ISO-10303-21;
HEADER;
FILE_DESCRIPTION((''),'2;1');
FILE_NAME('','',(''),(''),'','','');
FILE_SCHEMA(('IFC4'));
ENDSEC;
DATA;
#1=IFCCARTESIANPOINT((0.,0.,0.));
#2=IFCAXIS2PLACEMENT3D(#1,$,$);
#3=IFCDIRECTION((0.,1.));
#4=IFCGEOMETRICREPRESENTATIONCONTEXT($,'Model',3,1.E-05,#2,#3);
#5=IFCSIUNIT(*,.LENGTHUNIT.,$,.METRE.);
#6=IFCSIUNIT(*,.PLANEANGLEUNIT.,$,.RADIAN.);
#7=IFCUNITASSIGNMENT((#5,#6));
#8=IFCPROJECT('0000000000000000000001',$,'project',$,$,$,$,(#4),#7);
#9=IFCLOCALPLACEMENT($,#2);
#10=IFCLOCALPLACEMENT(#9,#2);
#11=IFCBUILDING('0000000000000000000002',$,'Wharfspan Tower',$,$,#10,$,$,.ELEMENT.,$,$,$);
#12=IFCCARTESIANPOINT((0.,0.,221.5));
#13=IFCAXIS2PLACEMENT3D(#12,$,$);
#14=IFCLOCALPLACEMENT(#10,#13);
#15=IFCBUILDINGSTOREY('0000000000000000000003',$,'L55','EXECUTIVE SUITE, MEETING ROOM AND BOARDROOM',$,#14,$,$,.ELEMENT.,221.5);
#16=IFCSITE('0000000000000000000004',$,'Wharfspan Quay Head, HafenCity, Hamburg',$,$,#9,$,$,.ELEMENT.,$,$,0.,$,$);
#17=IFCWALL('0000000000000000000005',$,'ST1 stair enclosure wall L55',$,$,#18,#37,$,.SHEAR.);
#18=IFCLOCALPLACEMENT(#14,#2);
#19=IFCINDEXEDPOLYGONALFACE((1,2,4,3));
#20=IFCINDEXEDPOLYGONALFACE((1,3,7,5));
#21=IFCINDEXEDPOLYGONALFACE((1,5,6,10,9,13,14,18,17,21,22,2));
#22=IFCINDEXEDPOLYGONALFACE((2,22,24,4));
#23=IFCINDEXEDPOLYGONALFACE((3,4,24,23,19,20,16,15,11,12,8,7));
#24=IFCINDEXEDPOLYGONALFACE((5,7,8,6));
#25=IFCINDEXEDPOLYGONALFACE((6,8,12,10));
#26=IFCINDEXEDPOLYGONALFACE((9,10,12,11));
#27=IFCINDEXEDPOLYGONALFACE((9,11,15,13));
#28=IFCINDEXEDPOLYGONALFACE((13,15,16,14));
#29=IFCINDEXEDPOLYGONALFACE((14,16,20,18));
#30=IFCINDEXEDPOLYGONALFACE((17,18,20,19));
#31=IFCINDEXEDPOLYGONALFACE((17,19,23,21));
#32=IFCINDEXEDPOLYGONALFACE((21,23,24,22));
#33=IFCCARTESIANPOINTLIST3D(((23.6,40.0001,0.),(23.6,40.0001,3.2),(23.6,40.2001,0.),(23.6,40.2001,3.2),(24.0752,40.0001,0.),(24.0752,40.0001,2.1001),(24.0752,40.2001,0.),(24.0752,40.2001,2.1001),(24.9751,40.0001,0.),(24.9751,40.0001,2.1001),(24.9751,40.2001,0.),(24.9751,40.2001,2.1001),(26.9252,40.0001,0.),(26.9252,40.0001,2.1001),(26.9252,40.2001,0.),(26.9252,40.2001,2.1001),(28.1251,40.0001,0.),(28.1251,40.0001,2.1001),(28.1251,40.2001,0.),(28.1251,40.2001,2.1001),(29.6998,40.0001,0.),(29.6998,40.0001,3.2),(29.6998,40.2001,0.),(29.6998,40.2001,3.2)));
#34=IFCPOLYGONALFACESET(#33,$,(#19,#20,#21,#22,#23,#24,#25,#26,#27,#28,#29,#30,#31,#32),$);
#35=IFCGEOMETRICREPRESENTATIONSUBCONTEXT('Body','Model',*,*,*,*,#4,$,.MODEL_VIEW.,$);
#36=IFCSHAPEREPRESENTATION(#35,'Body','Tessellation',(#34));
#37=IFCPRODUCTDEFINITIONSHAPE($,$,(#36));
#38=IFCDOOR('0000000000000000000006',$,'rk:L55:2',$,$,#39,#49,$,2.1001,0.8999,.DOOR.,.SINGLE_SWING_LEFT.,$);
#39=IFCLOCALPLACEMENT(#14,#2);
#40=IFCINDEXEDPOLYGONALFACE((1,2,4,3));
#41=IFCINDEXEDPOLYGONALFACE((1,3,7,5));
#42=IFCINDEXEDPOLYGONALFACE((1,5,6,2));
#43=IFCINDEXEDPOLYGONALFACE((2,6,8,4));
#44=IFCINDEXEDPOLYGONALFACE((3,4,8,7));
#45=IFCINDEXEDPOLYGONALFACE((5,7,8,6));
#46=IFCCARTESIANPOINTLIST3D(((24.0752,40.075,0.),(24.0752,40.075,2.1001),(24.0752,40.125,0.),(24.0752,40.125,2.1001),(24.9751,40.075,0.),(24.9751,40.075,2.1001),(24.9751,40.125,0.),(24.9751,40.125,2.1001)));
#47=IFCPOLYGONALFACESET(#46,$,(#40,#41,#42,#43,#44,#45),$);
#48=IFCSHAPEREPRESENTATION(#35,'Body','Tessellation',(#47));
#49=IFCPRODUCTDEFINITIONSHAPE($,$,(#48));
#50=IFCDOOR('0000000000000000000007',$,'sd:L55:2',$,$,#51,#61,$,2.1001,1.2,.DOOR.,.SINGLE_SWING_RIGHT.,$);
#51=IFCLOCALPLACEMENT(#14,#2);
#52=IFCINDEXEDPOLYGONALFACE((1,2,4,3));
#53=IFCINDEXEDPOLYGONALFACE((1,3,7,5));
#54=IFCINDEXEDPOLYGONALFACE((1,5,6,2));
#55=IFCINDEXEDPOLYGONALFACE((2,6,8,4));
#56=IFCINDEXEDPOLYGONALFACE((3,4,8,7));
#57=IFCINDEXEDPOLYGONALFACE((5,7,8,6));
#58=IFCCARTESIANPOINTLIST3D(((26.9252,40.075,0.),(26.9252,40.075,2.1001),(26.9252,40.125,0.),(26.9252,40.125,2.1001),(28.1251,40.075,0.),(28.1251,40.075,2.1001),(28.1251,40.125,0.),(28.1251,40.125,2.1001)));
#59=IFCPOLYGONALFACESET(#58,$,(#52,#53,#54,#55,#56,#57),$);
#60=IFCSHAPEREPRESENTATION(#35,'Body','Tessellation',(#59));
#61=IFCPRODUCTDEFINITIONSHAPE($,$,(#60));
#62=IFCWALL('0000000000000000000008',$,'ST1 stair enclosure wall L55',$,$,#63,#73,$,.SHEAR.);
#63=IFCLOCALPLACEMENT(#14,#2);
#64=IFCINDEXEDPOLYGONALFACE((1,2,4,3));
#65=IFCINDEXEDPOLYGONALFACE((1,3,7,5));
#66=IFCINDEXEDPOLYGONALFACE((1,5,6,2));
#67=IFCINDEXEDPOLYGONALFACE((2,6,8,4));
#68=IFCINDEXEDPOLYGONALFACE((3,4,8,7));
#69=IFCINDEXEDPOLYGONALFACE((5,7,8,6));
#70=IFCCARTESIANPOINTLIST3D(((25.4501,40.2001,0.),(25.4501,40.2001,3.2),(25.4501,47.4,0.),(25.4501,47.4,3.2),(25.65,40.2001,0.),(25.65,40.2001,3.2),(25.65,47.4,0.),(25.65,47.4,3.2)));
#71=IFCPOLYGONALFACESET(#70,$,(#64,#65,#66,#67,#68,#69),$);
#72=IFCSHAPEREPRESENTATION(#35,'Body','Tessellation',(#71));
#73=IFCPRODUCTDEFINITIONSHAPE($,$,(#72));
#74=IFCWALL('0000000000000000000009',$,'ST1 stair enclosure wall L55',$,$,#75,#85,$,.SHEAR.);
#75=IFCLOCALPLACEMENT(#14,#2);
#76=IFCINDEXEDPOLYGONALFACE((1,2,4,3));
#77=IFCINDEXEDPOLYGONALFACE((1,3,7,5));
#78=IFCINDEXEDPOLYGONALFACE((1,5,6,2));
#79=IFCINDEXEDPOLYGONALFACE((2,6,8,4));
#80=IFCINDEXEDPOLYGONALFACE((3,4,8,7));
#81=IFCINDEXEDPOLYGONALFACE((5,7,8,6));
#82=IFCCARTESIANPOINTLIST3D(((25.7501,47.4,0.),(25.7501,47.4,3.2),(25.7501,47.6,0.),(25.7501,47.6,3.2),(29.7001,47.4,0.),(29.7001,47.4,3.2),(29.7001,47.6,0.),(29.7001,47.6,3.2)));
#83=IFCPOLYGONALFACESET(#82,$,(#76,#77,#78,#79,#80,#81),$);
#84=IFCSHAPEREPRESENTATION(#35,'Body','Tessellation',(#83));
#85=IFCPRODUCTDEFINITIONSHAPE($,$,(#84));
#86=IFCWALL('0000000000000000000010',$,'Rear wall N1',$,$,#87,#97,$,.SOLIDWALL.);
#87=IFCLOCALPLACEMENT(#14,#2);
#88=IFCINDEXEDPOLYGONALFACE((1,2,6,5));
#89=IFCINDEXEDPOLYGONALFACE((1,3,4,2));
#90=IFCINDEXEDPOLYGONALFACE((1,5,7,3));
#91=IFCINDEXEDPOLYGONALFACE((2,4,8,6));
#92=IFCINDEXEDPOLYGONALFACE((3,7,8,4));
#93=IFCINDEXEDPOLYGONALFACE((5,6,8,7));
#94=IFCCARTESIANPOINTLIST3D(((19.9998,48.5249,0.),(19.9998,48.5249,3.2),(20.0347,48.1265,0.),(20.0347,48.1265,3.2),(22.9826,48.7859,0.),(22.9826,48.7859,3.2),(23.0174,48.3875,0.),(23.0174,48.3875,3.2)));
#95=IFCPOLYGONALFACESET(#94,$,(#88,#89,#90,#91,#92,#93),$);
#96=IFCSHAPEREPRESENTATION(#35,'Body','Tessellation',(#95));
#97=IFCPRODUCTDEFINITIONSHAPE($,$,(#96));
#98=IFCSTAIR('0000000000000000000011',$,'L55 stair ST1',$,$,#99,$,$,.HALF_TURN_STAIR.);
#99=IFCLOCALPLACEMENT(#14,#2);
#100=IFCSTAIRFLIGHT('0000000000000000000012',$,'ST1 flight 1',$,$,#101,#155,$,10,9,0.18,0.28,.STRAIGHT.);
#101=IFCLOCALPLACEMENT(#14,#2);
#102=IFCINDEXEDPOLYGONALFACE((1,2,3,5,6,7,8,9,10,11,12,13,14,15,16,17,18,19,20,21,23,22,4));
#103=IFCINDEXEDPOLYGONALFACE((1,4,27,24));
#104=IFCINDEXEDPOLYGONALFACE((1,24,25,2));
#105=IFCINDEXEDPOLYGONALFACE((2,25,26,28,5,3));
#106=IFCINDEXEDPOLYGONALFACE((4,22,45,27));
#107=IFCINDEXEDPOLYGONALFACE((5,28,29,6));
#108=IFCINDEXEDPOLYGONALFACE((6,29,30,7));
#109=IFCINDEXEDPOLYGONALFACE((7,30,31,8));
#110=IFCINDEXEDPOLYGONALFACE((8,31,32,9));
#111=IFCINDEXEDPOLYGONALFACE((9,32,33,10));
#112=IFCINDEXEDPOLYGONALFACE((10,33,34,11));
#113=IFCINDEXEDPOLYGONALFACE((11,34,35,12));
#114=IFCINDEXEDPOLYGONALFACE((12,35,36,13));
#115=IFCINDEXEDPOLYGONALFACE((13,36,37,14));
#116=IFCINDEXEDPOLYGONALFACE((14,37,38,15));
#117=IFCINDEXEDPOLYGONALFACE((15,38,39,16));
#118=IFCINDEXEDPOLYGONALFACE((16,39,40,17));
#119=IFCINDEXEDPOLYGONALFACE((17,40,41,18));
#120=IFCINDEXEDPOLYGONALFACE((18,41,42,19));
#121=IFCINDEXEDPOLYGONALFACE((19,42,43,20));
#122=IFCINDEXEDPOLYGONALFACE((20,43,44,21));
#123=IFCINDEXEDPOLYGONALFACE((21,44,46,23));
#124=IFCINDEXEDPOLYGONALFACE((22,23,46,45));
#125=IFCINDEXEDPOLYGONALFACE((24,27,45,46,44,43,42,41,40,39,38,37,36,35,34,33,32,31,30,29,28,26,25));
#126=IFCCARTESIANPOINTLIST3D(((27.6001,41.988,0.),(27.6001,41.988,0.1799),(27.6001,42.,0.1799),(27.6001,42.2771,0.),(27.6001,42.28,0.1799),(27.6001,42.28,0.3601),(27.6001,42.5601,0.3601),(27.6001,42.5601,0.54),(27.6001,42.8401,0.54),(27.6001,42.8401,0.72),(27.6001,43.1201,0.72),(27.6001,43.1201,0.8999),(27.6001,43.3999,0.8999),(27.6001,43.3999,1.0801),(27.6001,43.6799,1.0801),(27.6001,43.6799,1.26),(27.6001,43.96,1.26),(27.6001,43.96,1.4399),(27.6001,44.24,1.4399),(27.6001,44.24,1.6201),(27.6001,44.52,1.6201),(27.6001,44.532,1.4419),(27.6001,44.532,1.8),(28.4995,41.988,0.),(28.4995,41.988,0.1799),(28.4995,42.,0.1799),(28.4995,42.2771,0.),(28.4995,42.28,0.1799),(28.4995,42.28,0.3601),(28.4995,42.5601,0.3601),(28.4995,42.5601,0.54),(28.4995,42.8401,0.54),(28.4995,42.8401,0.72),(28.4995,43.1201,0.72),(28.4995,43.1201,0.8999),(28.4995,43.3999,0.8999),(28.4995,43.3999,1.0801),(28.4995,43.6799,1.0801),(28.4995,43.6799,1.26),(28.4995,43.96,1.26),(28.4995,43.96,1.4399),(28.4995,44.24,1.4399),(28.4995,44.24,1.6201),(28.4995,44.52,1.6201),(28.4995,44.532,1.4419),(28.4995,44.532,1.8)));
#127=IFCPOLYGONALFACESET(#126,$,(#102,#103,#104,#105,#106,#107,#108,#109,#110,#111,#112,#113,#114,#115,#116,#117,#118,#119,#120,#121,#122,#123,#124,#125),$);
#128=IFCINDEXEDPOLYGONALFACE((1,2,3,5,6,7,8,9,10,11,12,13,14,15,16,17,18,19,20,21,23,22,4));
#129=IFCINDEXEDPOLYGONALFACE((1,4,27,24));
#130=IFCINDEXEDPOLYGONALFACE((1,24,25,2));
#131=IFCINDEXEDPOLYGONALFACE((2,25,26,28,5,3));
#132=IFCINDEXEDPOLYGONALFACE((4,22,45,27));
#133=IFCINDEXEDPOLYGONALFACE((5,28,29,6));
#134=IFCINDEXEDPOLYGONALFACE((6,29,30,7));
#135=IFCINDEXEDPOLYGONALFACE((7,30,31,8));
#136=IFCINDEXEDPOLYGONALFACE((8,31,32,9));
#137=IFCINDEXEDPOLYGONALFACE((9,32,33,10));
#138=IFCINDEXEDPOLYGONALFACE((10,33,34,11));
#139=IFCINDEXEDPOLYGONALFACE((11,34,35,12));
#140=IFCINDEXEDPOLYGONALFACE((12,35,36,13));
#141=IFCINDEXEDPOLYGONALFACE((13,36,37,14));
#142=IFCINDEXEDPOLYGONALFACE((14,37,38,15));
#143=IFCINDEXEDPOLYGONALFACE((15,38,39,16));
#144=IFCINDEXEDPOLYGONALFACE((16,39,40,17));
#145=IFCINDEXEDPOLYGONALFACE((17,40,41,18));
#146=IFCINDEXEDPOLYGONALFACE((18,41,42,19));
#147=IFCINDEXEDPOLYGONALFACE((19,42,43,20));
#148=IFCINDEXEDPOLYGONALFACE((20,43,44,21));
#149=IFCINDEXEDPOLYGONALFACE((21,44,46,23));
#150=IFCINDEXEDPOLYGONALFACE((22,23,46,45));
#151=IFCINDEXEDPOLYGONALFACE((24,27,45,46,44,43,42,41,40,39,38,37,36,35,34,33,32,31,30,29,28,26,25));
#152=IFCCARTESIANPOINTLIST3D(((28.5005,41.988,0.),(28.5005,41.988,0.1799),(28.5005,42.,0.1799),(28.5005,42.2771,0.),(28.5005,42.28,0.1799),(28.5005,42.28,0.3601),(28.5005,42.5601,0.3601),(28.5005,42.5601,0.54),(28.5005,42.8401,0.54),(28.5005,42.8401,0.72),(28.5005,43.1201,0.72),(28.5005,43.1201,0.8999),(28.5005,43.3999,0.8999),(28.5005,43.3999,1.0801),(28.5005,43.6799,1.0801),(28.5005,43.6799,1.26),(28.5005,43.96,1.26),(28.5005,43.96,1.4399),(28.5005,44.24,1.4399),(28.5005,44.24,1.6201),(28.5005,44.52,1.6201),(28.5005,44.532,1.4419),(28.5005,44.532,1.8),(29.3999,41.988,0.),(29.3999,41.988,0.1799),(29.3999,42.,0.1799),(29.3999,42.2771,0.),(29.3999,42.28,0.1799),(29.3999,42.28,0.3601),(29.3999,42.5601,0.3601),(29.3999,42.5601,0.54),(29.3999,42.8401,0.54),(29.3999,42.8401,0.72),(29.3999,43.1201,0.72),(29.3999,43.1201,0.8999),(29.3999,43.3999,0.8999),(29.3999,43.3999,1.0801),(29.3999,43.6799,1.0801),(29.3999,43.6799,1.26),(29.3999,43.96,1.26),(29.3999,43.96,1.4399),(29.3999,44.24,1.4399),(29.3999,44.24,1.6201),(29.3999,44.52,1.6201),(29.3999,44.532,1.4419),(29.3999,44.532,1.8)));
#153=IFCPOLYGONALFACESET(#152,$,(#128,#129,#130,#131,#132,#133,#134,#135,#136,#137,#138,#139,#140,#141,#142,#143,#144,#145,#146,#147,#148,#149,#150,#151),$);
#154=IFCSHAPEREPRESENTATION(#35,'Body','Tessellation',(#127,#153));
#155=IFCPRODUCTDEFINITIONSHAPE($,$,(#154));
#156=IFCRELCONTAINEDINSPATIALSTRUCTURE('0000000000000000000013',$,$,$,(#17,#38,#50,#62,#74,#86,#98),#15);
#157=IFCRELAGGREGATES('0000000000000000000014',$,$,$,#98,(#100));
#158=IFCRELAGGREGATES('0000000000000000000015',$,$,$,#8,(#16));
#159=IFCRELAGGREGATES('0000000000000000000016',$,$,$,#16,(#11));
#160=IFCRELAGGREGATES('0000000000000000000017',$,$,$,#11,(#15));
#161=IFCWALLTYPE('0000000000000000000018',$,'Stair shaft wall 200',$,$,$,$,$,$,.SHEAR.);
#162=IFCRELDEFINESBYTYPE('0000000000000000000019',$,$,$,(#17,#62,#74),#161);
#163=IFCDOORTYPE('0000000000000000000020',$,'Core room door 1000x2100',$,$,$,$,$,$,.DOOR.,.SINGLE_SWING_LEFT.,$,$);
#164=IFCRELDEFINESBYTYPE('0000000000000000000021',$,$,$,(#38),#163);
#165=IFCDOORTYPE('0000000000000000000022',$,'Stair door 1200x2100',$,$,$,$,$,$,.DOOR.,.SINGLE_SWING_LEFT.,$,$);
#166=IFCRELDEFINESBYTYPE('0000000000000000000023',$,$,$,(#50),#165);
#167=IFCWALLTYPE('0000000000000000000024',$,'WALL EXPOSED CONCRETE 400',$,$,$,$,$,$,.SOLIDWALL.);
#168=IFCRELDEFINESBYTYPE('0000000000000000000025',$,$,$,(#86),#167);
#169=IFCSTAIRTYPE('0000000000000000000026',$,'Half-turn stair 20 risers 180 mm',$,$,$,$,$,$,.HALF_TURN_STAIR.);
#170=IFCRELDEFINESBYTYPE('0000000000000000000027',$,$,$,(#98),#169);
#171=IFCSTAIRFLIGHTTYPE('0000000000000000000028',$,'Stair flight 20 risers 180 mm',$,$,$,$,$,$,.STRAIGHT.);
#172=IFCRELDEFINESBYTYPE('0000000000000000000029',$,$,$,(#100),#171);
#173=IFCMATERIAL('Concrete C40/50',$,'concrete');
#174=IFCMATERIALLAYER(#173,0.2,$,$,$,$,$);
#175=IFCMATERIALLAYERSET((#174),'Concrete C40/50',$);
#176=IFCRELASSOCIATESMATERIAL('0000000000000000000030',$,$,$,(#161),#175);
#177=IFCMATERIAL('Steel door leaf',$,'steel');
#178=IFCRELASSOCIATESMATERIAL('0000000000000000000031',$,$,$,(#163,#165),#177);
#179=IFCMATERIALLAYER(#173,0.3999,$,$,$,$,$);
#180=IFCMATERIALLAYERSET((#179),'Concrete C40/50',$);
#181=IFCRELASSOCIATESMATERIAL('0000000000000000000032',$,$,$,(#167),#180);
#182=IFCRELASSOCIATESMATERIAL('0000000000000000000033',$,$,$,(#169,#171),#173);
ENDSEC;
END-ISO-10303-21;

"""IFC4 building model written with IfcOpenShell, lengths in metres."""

from ifc_helpers import new_model, si_unit, direction, frame, frame_2d, origin, place, context, subcontext, project, spatial, polyline, rectangle, outline, extrude, material, layer, layer_set, type_object, element, fill, aggregate, save


model = new_model("IFC4")

# Units and contexts
model_context = context("Model", 3, precision=1e-05, world=origin(), true_north=direction((0.0, 1.0)))
body_context = subcontext(model_context, "Body", "Model", "MODEL_VIEW")
ifc_project = project(units=[si_unit("LENGTHUNIT", "METRE"), si_unit("PLANEANGLEUNIT", "RADIAN")], contexts=[model_context])

# Site, building, storey
site_placement = place(None, origin())
site = spatial("IfcSite", under=ifc_project, at=site_placement, Name="Wharfspan Quay Head, HafenCity, Hamburg", CompositionType="ELEMENT", RefElevation=0.0)
building_placement = place(site_placement, origin())
building = spatial("IfcBuilding", under=site, at=building_placement, Name="Wharfspan Tower", CompositionType="ELEMENT")
storey_placement = place(building_placement, frame((0.0, 0.0, 221.5)))
storey = spatial("IfcBuildingStorey", under=building, at=storey_placement, Name="L55", Description="EXECUTIVE SUITE, MEETING ROOM AND BOARDROOM", CompositionType="ELEMENT", Elevation=221.5)

# Wall, openings, doors
ifc_material_1 = material(Name="Concrete C40/50", Category="concrete")
ifc_layer_1 = layer(ifc_material_1, 0.2)
ifc_layer_set_1 = layer_set([ifc_layer_1], Name="Concrete C40/50")
wall_type_1 = type_object("IfcWallType", Name="Stair shaft wall 200", PredefinedType="SHEAR", material=ifc_layer_set_1)
wall_1_placement = place(storey_placement, frame((23.6001, 40.1001, 0.0), z_axis=(0.0, 0.0, 1.0), x_axis=(1.0, 0.0, 0.0)))
wall_1 = element("IfcWall", 1, at=wall_1_placement, inside=storey, type_object=wall_type_1, Name="ST1 stair enclosure wall L55", PredefinedType="SHEAR", context=body_context, shape_type="SweptSolid", body=[
    extrude(rectangle(XDim=6.0999, YDim=0.2, at=frame_2d((3.0498, 0.0))), origin(), (0.0, 0.0, 1.0), 3.2),
])
opening_1_placement = place(wall_1_placement, frame((3.325, 0.0, 0.0)))
opening_1 = element("IfcOpeningElement", 2, at=opening_1_placement, cuts=wall_1, PredefinedType="OPENING", context=body_context, shape_type="SweptSolid", body=[
    extrude(rectangle(XDim=1.2, YDim=2.1001, at=frame_2d((0.6001, 1.05))), frame((0.0, 0.1099, 0.0), z_axis=(0.0, -1.0, 0.0), x_axis=(1.0, 0.0, 0.0)), (0.0, 0.0, 1.0), 0.22),
])
opening_2_placement = place(wall_1_placement, frame((0.4751, 0.0, 0.0)))
opening_2 = element("IfcOpeningElement", 3, at=opening_2_placement, cuts=wall_1, PredefinedType="OPENING", context=body_context, shape_type="SweptSolid", body=[
    extrude(rectangle(XDim=0.8999, YDim=2.1001, at=frame_2d((0.45, 1.05))), frame((0.0, 0.1099, 0.0), z_axis=(0.0, -1.0, 0.0), x_axis=(1.0, 0.0, 0.0)), (0.0, 0.0, 1.0), 0.22),
])
ifc_material_2 = material(Name="Steel door leaf", Category="steel")
door_type_1 = type_object("IfcDoorType", Name="Core room door 1000x2100", OperationType="SINGLE_SWING_LEFT", PredefinedType="DOOR", material=ifc_material_2)
door_1_placement = place(opening_2_placement, origin())
door_1 = element("IfcDoor", 4, at=door_1_placement, inside=storey, type_object=door_type_1, Name="rk:L55:2", OperationType="SINGLE_SWING_LEFT", OverallHeight=2.1001, OverallWidth=0.8999, PredefinedType="DOOR", context=body_context, shape_type="SweptSolid", body=[
    extrude(rectangle(XDim=0.8999, YDim=2.1001, at=frame_2d((0.45, 1.05))), frame((0.0, 0.0249, 0.0), z_axis=(0.0, -1.0, 0.0), x_axis=(1.0, 0.0, 0.0)), (0.0, 0.0, 1.0), 0.05),
])
fill(opening_2, door_1)
door_type_2 = type_object("IfcDoorType", Name="Stair door 1200x2100", OperationType="SINGLE_SWING_LEFT", PredefinedType="DOOR", material=ifc_material_2)
door_2_placement = place(opening_1_placement, origin())
door_2 = element("IfcDoor", 5, at=door_2_placement, inside=storey, type_object=door_type_2, Name="sd:L55:2", OperationType="SINGLE_SWING_RIGHT", OverallHeight=2.1001, OverallWidth=1.2, PredefinedType="DOOR", context=body_context, shape_type="SweptSolid", body=[
    extrude(rectangle(XDim=1.2, YDim=2.1001, at=frame_2d((0.6001, 1.05))), frame((0.0, 0.0249, 0.0), z_axis=(0.0, -1.0, 0.0), x_axis=(1.0, 0.0, 0.0)), (0.0, 0.0, 1.0), 0.05),
])
fill(opening_1, door_2)

# Walls
wall_2_placement = place(storey_placement, frame((25.55, 40.2, 0.0), z_axis=(0.0, 0.0, 1.0), x_axis=(0.0, 1.0, 0.0)))
element("IfcWall", 6, at=wall_2_placement, inside=storey, type_object=wall_type_1, Name="ST1 stair enclosure wall L55", PredefinedType="SHEAR", context=body_context, shape_type="SweptSolid", body=[
    extrude(rectangle(XDim=7.2, YDim=0.2, at=frame_2d((3.6001, 0.0))), origin(), (0.0, 0.0, 1.0), 3.2),
])
wall_3_placement = place(storey_placement, frame((25.75, 47.5, 0.0), z_axis=(0.0, 0.0, 1.0), x_axis=(1.0, 0.0, 0.0)))
element("IfcWall", 7, at=wall_3_placement, inside=storey, type_object=wall_type_1, Name="ST1 stair enclosure wall L55", PredefinedType="SHEAR", context=body_context, shape_type="SweptSolid", body=[
    extrude(rectangle(XDim=3.95, YDim=0.2, at=frame_2d((1.9751, 0.0))), origin(), (0.0, 0.0, 1.0), 3.2),
])
ifc_layer_2 = layer(ifc_material_1, 0.3999)
ifc_layer_set_2 = layer_set([ifc_layer_2], Name="Concrete C40/50")
wall_type_2 = type_object("IfcWallType", Name="WALL EXPOSED CONCRETE 400", PredefinedType="SOLIDWALL", material=ifc_layer_set_2)
wall_4_placement = place(storey_placement, frame((23.0, 48.5867, 0.0), z_axis=(0.0, 0.0, 1.0), x_axis=(-0.996194, -0.087168, 0.0)))
element("IfcWall", 8, at=wall_4_placement, inside=storey, type_object=wall_type_2, Name="Rear wall N1", PredefinedType="SOLIDWALL", context=body_context, shape_type="SweptSolid", body=[
    extrude(rectangle(XDim=2.9941, YDim=0.3999, at=frame_2d((1.4971, 0.0))), origin(), (0.0, 0.0, 1.0), 3.2),
])

# Stair, stair flight
stair_type = type_object("IfcStairType", Name="Half-turn stair 20 risers 180 mm", PredefinedType="HALF_TURN_STAIR", material=ifc_material_1)
stair_placement = place(storey_placement, origin())
stair = element("IfcStair", 9, at=stair_placement, inside=storey, type_object=stair_type, Name="L55 stair ST1", PredefinedType="HALF_TURN_STAIR")
stair_flight_type = type_object("IfcStairFlightType", Name="Stair flight 20 risers 180 mm", PredefinedType="STRAIGHT", material=ifc_material_1)
stair_flight_1_placement = place(storey_placement, frame((28.5, 42.0, 0.0), z_axis=(0.0, 0.0, 1.0), x_axis=(0.0, 1.0, 0.0)))
stair_flight_1 = element("IfcStairFlight", 10, at=stair_flight_1_placement, type_object=stair_flight_type, Name="ST1 flight 1", NumberOfRisers=10, NumberOfTreads=9, PredefinedType="STRAIGHT", RiserHeight=0.18, TreadLength=0.28, context=body_context, shape_type="SweptSolid", body=[
    extrude(outline(polyline([(-0.012, 0.0), (-0.012, 0.1799), (0.0, 0.1799), (0.28, 0.1799), (0.28, 0.3601), (0.5601, 0.3601), (0.5601, 0.54), (0.8401, 0.54), (0.8401, 0.72), (1.1201, 0.72), (1.1201, 0.8999), (1.3999, 0.8999), (1.3999, 1.0801), (1.6799, 1.0801), (1.6799, 1.26), (1.96, 1.26), (1.96, 1.4399), (2.24, 1.4399), (2.24, 1.6201), (2.52, 1.6201), (2.532, 1.8), (2.532, 1.4419), (0.2771, 0.0), (-0.012, 0.0)])), frame((0.0, 0.8999, 0.0), z_axis=(0.0, -1.0, 0.0), x_axis=(1.0, 0.0, 0.0)), (0.0, 0.0, 1.0), 0.8994),
    extrude(outline(polyline([(-0.012, 0.0), (-0.012, 0.1799), (0.0, 0.1799), (0.28, 0.1799), (0.28, 0.3601), (0.5601, 0.3601), (0.5601, 0.54), (0.8401, 0.54), (0.8401, 0.72), (1.1201, 0.72), (1.1201, 0.8999), (1.3999, 0.8999), (1.3999, 1.0801), (1.6799, 1.0801), (1.6799, 1.26), (1.96, 1.26), (1.96, 1.4399), (2.24, 1.4399), (2.24, 1.6201), (2.52, 1.6201), (2.532, 1.8), (2.532, 1.4419), (0.2771, 0.0), (-0.012, 0.0)])), frame((0.0, -0.0005, 0.0), z_axis=(0.0, -1.0, 0.0), x_axis=(1.0, 0.0, 0.0)), (0.0, 0.0, 1.0), 0.8994),
])
aggregate(stair, [stair_flight_1])

save(model, "model.ifc")
